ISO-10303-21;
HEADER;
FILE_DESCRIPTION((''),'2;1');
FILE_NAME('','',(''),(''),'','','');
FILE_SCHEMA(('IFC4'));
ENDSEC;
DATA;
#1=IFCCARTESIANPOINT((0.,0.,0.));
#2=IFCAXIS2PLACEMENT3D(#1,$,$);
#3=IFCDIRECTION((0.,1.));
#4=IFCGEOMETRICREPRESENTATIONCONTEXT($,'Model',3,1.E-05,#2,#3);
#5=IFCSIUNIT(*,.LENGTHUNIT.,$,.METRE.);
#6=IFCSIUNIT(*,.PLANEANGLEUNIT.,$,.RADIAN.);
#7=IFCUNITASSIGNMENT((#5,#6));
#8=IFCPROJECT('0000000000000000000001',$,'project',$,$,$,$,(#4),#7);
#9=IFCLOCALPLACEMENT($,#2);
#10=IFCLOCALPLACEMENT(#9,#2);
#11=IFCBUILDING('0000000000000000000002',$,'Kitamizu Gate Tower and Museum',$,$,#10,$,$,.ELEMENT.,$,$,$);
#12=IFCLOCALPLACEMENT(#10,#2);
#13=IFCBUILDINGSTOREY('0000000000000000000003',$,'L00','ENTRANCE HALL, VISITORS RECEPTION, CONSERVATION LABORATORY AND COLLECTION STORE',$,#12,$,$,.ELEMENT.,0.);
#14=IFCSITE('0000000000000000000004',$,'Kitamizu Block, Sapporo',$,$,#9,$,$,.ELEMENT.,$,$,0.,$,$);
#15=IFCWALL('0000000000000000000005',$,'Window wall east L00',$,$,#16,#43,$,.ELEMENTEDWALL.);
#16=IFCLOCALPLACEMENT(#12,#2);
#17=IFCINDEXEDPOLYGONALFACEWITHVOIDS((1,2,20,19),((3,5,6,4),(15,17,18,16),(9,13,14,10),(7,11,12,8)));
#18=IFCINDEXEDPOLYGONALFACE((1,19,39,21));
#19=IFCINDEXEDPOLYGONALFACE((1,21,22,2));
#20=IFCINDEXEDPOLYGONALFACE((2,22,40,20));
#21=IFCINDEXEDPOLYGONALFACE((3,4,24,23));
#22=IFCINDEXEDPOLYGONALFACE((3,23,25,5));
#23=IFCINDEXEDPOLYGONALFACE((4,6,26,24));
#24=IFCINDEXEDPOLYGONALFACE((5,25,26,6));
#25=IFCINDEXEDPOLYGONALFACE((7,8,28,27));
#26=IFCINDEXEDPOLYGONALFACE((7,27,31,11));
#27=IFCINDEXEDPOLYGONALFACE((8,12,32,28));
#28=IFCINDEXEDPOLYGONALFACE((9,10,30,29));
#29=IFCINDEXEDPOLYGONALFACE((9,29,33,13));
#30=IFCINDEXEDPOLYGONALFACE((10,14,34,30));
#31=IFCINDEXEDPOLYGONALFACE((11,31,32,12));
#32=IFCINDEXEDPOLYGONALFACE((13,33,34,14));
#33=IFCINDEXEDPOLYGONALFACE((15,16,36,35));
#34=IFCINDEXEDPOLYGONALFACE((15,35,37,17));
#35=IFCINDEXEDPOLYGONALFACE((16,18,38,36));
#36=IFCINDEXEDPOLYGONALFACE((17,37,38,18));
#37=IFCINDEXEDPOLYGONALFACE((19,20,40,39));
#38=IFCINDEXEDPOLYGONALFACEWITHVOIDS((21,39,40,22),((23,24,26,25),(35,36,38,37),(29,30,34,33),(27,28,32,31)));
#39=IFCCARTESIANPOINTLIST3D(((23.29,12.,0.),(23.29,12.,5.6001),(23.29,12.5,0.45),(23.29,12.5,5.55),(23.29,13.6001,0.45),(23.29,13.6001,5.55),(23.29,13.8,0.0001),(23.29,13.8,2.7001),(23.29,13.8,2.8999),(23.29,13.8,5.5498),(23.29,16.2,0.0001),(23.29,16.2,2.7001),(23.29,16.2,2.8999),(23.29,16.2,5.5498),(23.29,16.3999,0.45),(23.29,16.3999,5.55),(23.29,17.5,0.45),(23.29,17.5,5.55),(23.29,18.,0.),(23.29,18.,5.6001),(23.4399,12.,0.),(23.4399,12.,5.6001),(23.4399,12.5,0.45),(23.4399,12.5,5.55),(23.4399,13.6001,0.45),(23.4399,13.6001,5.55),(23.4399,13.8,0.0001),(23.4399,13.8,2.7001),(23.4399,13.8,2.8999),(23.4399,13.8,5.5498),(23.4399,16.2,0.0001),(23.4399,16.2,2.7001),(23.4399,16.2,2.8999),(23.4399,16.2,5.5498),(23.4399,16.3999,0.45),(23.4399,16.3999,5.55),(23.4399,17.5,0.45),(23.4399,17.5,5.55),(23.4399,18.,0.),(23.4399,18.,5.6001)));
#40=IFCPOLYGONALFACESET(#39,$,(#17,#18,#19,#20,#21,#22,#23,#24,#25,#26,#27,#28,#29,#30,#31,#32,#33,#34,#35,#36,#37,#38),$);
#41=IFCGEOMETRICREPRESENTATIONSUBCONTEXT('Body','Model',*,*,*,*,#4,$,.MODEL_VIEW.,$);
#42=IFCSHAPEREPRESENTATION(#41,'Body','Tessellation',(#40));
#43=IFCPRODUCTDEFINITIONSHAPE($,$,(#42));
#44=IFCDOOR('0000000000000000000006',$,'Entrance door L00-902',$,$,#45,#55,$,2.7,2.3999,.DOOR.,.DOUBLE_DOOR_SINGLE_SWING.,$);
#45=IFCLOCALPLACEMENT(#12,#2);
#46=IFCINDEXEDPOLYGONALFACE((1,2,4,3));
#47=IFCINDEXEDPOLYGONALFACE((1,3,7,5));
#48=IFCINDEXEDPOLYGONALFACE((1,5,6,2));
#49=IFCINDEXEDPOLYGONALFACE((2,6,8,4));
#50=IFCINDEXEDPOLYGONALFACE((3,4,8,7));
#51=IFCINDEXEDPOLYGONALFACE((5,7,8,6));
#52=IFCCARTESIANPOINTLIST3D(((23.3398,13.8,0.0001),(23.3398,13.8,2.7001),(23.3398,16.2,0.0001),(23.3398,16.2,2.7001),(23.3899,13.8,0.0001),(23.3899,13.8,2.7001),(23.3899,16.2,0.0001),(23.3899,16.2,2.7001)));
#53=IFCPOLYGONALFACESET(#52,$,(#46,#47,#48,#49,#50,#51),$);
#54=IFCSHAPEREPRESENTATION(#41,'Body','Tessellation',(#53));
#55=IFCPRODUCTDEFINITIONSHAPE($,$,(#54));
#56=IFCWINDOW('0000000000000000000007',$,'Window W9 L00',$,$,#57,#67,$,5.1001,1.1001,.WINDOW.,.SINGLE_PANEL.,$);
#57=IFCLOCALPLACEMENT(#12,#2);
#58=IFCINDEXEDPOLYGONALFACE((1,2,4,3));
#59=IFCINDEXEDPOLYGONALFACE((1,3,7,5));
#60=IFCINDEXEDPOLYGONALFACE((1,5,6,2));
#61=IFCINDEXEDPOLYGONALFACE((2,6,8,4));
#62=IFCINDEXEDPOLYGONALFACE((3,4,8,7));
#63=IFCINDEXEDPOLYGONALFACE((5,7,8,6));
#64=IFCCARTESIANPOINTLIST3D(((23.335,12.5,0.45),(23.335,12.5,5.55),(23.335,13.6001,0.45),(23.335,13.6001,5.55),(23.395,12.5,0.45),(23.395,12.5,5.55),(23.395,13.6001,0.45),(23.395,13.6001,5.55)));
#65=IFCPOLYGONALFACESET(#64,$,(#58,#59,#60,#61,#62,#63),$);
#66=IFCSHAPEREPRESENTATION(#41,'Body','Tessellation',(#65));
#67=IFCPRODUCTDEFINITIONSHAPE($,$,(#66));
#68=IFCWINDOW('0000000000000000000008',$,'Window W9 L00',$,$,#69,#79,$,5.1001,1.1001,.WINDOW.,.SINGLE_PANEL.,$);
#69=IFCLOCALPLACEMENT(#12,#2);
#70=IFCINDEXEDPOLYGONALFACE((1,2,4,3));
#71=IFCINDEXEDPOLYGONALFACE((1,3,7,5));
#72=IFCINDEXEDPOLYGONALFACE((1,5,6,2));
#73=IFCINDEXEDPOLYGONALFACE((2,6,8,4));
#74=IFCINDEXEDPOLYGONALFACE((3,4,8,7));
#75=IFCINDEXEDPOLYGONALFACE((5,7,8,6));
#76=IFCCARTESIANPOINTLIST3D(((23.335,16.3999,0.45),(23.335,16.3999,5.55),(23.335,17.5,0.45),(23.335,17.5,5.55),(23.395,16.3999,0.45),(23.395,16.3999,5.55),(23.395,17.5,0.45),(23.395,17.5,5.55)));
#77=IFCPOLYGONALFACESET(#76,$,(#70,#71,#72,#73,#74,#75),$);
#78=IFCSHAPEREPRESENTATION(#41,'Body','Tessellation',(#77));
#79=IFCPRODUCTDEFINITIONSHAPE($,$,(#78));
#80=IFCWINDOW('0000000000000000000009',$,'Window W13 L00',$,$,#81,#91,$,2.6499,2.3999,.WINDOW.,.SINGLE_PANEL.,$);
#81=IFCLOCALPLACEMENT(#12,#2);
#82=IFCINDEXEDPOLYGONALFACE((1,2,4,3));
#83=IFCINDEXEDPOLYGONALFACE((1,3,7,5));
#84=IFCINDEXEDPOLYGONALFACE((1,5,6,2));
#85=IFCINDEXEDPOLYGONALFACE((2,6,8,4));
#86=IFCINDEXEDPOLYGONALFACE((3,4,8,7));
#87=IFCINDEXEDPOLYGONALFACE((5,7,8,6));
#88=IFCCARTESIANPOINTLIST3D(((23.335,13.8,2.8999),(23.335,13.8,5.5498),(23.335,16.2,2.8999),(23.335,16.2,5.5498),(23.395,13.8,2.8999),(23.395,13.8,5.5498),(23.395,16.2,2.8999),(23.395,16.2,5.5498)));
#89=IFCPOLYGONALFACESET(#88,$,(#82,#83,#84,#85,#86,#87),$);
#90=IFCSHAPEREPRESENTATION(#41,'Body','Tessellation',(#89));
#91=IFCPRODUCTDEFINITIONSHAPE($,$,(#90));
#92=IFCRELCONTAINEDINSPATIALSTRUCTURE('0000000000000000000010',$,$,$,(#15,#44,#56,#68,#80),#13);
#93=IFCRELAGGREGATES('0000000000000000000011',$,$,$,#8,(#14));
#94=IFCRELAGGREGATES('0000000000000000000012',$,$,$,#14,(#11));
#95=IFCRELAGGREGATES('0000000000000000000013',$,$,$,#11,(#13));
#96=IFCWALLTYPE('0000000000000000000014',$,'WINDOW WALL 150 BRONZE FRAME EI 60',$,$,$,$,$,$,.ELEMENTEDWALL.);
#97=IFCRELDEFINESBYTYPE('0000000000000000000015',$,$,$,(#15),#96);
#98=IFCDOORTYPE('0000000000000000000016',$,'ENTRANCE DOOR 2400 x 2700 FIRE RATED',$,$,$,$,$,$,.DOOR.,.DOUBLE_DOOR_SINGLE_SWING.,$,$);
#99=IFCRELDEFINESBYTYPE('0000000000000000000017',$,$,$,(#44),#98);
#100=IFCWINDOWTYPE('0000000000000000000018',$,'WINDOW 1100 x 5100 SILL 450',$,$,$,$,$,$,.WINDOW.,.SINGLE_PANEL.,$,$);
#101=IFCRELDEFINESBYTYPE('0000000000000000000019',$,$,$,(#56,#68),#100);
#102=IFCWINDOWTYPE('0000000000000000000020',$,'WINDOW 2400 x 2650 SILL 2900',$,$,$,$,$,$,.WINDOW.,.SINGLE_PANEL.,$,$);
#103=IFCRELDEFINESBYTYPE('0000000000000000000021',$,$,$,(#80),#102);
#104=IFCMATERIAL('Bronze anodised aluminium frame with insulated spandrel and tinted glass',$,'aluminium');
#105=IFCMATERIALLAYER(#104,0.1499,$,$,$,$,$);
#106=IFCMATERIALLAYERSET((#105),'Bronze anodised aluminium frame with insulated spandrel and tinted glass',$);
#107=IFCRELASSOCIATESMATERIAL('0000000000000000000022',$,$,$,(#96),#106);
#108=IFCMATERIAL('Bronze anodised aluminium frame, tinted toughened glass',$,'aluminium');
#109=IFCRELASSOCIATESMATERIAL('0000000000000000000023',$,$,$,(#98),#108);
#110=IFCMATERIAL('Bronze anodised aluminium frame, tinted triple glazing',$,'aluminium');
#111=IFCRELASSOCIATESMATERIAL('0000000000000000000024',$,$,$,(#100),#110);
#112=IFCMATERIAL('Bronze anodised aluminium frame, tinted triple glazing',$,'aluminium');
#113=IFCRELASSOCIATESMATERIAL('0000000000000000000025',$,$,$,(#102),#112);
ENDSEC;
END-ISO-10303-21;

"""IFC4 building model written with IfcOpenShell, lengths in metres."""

from ifc_helpers import new_model, si_unit, direction, frame, frame_2d, origin, place, context, subcontext, project, spatial, rectangle, extrude, material, layer, layer_set, type_object, element, fill, save


model = new_model("IFC4")

# Units and contexts
model_context = context("Model", 3, precision=1e-05, world=origin(), true_north=direction((0.0, 1.0)))
body_context = subcontext(model_context, "Body", "Model", "MODEL_VIEW")
ifc_project = project(units=[si_unit("LENGTHUNIT", "METRE"), si_unit("PLANEANGLEUNIT", "RADIAN")], contexts=[model_context])

# Site, building, storey
site_placement = place(None, origin())
site = spatial("IfcSite", under=ifc_project, at=site_placement, Name="Kitamizu Block, Sapporo", CompositionType="ELEMENT", RefElevation=0.0)
building_placement = place(site_placement, origin())
building = spatial("IfcBuilding", under=site, at=building_placement, Name="Kitamizu Gate Tower and Museum", CompositionType="ELEMENT")
storey_placement = place(building_placement, origin())
storey = spatial("IfcBuildingStorey", under=building, at=storey_placement, Name="L00", Description="ENTRANCE HALL, VISITORS RECEPTION, CONSERVATION LABORATORY AND COLLECTION STORE", CompositionType="ELEMENT", Elevation=0.0)

# Wall, openings, door, windows
ifc_material_1 = material(Name="Bronze anodised aluminium frame with insulated spandrel and tinted glass", Category="aluminium")
ifc_layer_1 = layer(ifc_material_1, 0.1499)
ifc_layer_set_1 = layer_set([ifc_layer_1], Name="Bronze anodised aluminium frame with insulated spandrel and tinted glass")
wall_type = type_object("IfcWallType", Name="WINDOW WALL 150 BRONZE FRAME EI 60", PredefinedType="ELEMENTEDWALL", material=ifc_layer_set_1)
wall_placement = place(storey_placement, frame((23.365, 12.0, 0.0), z_axis=(0.0, 0.0, 1.0), x_axis=(0.0, 1.0, 0.0)))
wall = element("IfcWall", 1, at=wall_placement, inside=storey, type_object=wall_type, Name="Window wall east L00", PredefinedType="ELEMENTEDWALL", context=body_context, shape_type="SweptSolid", body=[
    extrude(rectangle(XDim=6.0, YDim=0.1499, at=frame_2d((3.0, 0.0))), origin(), (0.0, 0.0, 1.0), 5.6001),
])
opening_1_placement = place(wall_placement, frame((0.5, 0.0, 0.45)))
opening_1 = element("IfcOpeningElement", 2, at=opening_1_placement, cuts=wall, PredefinedType="OPENING", context=body_context, shape_type="SweptSolid", body=[
    extrude(rectangle(XDim=1.1001, YDim=5.1001, at=frame_2d((0.55, 2.55))), frame((0.0, 0.085, 0.0), z_axis=(0.0, -1.0, 0.0), x_axis=(1.0, 0.0, 0.0)), (0.0, 0.0, 1.0), 0.1699),
])
opening_2_placement = place(wall_placement, frame((4.3999, 0.0, 0.45)))
opening_2 = element("IfcOpeningElement", 3, at=opening_2_placement, cuts=wall, PredefinedType="OPENING", context=body_context, shape_type="SweptSolid", body=[
    extrude(rectangle(XDim=1.1001, YDim=5.1001, at=frame_2d((0.55, 2.55))), frame((0.0, 0.085, 0.0), z_axis=(0.0, -1.0, 0.0), x_axis=(1.0, 0.0, 0.0)), (0.0, 0.0, 1.0), 0.1699),
])
opening_3_placement = place(wall_placement, frame((1.8, 0.0, 0.0)))
opening_3 = element("IfcOpeningElement", 4, at=opening_3_placement, cuts=wall, PredefinedType="OPENING", context=body_context, shape_type="SweptSolid", body=[
    extrude(rectangle(XDim=2.3999, YDim=2.7, at=frame_2d((1.2, 1.3501))), frame((0.0, 0.085, 0.0), z_axis=(0.0, -1.0, 0.0), x_axis=(1.0, 0.0, 0.0)), (0.0, 0.0, 1.0), 0.1699),
])
opening_4_placement = place(wall_placement, frame((1.8, 0.0, 2.8999)))
opening_4 = element("IfcOpeningElement", 5, at=opening_4_placement, cuts=wall, PredefinedType="OPENING", context=body_context, shape_type="SweptSolid", body=[
    extrude(rectangle(XDim=2.3999, YDim=2.6499, at=frame_2d((1.2, 1.325))), frame((0.0, 0.085, 0.0), z_axis=(0.0, -1.0, 0.0), x_axis=(1.0, 0.0, 0.0)), (0.0, 0.0, 1.0), 0.1699),
])
ifc_material_2 = material(Name="Bronze anodised aluminium frame, tinted toughened glass", Category="aluminium")
door_type = type_object("IfcDoorType", Name="ENTRANCE DOOR 2400 x 2700 FIRE RATED", OperationType="DOUBLE_DOOR_SINGLE_SWING", PredefinedType="DOOR", material=ifc_material_2)
door_placement = place(opening_3_placement, frame((2.3999, 0.0, 0.0), x_axis=(-1.0, 0.0, 0.0)))
door = element("IfcDoor", 6, at=door_placement, inside=storey, type_object=door_type, Name="Entrance door L00-902", OperationType="DOUBLE_DOOR_SINGLE_SWING", OverallHeight=2.7, OverallWidth=2.3999, PredefinedType="DOOR", context=body_context, shape_type="SweptSolid", body=[
    extrude(rectangle(XDim=2.3999, YDim=2.7, at=frame_2d((1.2, 1.3501))), frame((0.0, 0.0249, 0.0), z_axis=(0.0, -1.0, 0.0), x_axis=(1.0, 0.0, 0.0)), (0.0, 0.0, 1.0), 0.05),
])
fill(opening_3, door)
ifc_material_3 = material(Name="Bronze anodised aluminium frame, tinted triple glazing", Category="aluminium")
window_type_1 = type_object("IfcWindowType", Name="WINDOW 1100 x 5100 SILL 450", PartitioningType="SINGLE_PANEL", PredefinedType="WINDOW", material=ifc_material_3)
window_1_placement = place(opening_1_placement, origin())
window_1 = element("IfcWindow", 7, at=window_1_placement, inside=storey, type_object=window_type_1, Name="Window W9 L00", OverallHeight=5.1001, OverallWidth=1.1001, PartitioningType="SINGLE_PANEL", PredefinedType="WINDOW", context=body_context, shape_type="SweptSolid", body=[
    extrude(rectangle(XDim=1.1001, YDim=5.1001, at=frame_2d((0.55, 2.55))), frame((0.0, 0.03, 0.0), z_axis=(0.0, -1.0, 0.0), x_axis=(1.0, 0.0, 0.0)), (0.0, 0.0, 1.0), 0.0601),
])
fill(opening_1, window_1)
window_2_placement = place(opening_2_placement, origin())
window_2 = element("IfcWindow", 8, at=window_2_placement, inside=storey, type_object=window_type_1, Name="Window W9 L00", OverallHeight=5.1001, OverallWidth=1.1001, PartitioningType="SINGLE_PANEL", PredefinedType="WINDOW", context=body_context, shape_type="SweptSolid", body=[
    extrude(rectangle(XDim=1.1001, YDim=5.1001, at=frame_2d((0.55, 2.55))), frame((0.0, 0.03, 0.0), z_axis=(0.0, -1.0, 0.0), x_axis=(1.0, 0.0, 0.0)), (0.0, 0.0, 1.0), 0.0601),
])
fill(opening_2, window_2)
ifc_material_4 = material(Name="Bronze anodised aluminium frame, tinted triple glazing", Category="aluminium")
window_type_2 = type_object("IfcWindowType", Name="WINDOW 2400 x 2650 SILL 2900", PartitioningType="SINGLE_PANEL", PredefinedType="WINDOW", material=ifc_material_4)
window_3_placement = place(opening_4_placement, origin())
window_3 = element("IfcWindow", 9, at=window_3_placement, inside=storey, type_object=window_type_2, Name="Window W13 L00", OverallHeight=2.6499, OverallWidth=2.3999, PartitioningType="SINGLE_PANEL", PredefinedType="WINDOW", context=body_context, shape_type="SweptSolid", body=[
    extrude(rectangle(XDim=2.3999, YDim=2.6499, at=frame_2d((1.2, 1.325))), frame((0.0, 0.03, 0.0), z_axis=(0.0, -1.0, 0.0), x_axis=(1.0, 0.0, 0.0)), (0.0, 0.0, 1.0), 0.0601),
])
fill(opening_4, window_3)

save(model, "model.ifc")
